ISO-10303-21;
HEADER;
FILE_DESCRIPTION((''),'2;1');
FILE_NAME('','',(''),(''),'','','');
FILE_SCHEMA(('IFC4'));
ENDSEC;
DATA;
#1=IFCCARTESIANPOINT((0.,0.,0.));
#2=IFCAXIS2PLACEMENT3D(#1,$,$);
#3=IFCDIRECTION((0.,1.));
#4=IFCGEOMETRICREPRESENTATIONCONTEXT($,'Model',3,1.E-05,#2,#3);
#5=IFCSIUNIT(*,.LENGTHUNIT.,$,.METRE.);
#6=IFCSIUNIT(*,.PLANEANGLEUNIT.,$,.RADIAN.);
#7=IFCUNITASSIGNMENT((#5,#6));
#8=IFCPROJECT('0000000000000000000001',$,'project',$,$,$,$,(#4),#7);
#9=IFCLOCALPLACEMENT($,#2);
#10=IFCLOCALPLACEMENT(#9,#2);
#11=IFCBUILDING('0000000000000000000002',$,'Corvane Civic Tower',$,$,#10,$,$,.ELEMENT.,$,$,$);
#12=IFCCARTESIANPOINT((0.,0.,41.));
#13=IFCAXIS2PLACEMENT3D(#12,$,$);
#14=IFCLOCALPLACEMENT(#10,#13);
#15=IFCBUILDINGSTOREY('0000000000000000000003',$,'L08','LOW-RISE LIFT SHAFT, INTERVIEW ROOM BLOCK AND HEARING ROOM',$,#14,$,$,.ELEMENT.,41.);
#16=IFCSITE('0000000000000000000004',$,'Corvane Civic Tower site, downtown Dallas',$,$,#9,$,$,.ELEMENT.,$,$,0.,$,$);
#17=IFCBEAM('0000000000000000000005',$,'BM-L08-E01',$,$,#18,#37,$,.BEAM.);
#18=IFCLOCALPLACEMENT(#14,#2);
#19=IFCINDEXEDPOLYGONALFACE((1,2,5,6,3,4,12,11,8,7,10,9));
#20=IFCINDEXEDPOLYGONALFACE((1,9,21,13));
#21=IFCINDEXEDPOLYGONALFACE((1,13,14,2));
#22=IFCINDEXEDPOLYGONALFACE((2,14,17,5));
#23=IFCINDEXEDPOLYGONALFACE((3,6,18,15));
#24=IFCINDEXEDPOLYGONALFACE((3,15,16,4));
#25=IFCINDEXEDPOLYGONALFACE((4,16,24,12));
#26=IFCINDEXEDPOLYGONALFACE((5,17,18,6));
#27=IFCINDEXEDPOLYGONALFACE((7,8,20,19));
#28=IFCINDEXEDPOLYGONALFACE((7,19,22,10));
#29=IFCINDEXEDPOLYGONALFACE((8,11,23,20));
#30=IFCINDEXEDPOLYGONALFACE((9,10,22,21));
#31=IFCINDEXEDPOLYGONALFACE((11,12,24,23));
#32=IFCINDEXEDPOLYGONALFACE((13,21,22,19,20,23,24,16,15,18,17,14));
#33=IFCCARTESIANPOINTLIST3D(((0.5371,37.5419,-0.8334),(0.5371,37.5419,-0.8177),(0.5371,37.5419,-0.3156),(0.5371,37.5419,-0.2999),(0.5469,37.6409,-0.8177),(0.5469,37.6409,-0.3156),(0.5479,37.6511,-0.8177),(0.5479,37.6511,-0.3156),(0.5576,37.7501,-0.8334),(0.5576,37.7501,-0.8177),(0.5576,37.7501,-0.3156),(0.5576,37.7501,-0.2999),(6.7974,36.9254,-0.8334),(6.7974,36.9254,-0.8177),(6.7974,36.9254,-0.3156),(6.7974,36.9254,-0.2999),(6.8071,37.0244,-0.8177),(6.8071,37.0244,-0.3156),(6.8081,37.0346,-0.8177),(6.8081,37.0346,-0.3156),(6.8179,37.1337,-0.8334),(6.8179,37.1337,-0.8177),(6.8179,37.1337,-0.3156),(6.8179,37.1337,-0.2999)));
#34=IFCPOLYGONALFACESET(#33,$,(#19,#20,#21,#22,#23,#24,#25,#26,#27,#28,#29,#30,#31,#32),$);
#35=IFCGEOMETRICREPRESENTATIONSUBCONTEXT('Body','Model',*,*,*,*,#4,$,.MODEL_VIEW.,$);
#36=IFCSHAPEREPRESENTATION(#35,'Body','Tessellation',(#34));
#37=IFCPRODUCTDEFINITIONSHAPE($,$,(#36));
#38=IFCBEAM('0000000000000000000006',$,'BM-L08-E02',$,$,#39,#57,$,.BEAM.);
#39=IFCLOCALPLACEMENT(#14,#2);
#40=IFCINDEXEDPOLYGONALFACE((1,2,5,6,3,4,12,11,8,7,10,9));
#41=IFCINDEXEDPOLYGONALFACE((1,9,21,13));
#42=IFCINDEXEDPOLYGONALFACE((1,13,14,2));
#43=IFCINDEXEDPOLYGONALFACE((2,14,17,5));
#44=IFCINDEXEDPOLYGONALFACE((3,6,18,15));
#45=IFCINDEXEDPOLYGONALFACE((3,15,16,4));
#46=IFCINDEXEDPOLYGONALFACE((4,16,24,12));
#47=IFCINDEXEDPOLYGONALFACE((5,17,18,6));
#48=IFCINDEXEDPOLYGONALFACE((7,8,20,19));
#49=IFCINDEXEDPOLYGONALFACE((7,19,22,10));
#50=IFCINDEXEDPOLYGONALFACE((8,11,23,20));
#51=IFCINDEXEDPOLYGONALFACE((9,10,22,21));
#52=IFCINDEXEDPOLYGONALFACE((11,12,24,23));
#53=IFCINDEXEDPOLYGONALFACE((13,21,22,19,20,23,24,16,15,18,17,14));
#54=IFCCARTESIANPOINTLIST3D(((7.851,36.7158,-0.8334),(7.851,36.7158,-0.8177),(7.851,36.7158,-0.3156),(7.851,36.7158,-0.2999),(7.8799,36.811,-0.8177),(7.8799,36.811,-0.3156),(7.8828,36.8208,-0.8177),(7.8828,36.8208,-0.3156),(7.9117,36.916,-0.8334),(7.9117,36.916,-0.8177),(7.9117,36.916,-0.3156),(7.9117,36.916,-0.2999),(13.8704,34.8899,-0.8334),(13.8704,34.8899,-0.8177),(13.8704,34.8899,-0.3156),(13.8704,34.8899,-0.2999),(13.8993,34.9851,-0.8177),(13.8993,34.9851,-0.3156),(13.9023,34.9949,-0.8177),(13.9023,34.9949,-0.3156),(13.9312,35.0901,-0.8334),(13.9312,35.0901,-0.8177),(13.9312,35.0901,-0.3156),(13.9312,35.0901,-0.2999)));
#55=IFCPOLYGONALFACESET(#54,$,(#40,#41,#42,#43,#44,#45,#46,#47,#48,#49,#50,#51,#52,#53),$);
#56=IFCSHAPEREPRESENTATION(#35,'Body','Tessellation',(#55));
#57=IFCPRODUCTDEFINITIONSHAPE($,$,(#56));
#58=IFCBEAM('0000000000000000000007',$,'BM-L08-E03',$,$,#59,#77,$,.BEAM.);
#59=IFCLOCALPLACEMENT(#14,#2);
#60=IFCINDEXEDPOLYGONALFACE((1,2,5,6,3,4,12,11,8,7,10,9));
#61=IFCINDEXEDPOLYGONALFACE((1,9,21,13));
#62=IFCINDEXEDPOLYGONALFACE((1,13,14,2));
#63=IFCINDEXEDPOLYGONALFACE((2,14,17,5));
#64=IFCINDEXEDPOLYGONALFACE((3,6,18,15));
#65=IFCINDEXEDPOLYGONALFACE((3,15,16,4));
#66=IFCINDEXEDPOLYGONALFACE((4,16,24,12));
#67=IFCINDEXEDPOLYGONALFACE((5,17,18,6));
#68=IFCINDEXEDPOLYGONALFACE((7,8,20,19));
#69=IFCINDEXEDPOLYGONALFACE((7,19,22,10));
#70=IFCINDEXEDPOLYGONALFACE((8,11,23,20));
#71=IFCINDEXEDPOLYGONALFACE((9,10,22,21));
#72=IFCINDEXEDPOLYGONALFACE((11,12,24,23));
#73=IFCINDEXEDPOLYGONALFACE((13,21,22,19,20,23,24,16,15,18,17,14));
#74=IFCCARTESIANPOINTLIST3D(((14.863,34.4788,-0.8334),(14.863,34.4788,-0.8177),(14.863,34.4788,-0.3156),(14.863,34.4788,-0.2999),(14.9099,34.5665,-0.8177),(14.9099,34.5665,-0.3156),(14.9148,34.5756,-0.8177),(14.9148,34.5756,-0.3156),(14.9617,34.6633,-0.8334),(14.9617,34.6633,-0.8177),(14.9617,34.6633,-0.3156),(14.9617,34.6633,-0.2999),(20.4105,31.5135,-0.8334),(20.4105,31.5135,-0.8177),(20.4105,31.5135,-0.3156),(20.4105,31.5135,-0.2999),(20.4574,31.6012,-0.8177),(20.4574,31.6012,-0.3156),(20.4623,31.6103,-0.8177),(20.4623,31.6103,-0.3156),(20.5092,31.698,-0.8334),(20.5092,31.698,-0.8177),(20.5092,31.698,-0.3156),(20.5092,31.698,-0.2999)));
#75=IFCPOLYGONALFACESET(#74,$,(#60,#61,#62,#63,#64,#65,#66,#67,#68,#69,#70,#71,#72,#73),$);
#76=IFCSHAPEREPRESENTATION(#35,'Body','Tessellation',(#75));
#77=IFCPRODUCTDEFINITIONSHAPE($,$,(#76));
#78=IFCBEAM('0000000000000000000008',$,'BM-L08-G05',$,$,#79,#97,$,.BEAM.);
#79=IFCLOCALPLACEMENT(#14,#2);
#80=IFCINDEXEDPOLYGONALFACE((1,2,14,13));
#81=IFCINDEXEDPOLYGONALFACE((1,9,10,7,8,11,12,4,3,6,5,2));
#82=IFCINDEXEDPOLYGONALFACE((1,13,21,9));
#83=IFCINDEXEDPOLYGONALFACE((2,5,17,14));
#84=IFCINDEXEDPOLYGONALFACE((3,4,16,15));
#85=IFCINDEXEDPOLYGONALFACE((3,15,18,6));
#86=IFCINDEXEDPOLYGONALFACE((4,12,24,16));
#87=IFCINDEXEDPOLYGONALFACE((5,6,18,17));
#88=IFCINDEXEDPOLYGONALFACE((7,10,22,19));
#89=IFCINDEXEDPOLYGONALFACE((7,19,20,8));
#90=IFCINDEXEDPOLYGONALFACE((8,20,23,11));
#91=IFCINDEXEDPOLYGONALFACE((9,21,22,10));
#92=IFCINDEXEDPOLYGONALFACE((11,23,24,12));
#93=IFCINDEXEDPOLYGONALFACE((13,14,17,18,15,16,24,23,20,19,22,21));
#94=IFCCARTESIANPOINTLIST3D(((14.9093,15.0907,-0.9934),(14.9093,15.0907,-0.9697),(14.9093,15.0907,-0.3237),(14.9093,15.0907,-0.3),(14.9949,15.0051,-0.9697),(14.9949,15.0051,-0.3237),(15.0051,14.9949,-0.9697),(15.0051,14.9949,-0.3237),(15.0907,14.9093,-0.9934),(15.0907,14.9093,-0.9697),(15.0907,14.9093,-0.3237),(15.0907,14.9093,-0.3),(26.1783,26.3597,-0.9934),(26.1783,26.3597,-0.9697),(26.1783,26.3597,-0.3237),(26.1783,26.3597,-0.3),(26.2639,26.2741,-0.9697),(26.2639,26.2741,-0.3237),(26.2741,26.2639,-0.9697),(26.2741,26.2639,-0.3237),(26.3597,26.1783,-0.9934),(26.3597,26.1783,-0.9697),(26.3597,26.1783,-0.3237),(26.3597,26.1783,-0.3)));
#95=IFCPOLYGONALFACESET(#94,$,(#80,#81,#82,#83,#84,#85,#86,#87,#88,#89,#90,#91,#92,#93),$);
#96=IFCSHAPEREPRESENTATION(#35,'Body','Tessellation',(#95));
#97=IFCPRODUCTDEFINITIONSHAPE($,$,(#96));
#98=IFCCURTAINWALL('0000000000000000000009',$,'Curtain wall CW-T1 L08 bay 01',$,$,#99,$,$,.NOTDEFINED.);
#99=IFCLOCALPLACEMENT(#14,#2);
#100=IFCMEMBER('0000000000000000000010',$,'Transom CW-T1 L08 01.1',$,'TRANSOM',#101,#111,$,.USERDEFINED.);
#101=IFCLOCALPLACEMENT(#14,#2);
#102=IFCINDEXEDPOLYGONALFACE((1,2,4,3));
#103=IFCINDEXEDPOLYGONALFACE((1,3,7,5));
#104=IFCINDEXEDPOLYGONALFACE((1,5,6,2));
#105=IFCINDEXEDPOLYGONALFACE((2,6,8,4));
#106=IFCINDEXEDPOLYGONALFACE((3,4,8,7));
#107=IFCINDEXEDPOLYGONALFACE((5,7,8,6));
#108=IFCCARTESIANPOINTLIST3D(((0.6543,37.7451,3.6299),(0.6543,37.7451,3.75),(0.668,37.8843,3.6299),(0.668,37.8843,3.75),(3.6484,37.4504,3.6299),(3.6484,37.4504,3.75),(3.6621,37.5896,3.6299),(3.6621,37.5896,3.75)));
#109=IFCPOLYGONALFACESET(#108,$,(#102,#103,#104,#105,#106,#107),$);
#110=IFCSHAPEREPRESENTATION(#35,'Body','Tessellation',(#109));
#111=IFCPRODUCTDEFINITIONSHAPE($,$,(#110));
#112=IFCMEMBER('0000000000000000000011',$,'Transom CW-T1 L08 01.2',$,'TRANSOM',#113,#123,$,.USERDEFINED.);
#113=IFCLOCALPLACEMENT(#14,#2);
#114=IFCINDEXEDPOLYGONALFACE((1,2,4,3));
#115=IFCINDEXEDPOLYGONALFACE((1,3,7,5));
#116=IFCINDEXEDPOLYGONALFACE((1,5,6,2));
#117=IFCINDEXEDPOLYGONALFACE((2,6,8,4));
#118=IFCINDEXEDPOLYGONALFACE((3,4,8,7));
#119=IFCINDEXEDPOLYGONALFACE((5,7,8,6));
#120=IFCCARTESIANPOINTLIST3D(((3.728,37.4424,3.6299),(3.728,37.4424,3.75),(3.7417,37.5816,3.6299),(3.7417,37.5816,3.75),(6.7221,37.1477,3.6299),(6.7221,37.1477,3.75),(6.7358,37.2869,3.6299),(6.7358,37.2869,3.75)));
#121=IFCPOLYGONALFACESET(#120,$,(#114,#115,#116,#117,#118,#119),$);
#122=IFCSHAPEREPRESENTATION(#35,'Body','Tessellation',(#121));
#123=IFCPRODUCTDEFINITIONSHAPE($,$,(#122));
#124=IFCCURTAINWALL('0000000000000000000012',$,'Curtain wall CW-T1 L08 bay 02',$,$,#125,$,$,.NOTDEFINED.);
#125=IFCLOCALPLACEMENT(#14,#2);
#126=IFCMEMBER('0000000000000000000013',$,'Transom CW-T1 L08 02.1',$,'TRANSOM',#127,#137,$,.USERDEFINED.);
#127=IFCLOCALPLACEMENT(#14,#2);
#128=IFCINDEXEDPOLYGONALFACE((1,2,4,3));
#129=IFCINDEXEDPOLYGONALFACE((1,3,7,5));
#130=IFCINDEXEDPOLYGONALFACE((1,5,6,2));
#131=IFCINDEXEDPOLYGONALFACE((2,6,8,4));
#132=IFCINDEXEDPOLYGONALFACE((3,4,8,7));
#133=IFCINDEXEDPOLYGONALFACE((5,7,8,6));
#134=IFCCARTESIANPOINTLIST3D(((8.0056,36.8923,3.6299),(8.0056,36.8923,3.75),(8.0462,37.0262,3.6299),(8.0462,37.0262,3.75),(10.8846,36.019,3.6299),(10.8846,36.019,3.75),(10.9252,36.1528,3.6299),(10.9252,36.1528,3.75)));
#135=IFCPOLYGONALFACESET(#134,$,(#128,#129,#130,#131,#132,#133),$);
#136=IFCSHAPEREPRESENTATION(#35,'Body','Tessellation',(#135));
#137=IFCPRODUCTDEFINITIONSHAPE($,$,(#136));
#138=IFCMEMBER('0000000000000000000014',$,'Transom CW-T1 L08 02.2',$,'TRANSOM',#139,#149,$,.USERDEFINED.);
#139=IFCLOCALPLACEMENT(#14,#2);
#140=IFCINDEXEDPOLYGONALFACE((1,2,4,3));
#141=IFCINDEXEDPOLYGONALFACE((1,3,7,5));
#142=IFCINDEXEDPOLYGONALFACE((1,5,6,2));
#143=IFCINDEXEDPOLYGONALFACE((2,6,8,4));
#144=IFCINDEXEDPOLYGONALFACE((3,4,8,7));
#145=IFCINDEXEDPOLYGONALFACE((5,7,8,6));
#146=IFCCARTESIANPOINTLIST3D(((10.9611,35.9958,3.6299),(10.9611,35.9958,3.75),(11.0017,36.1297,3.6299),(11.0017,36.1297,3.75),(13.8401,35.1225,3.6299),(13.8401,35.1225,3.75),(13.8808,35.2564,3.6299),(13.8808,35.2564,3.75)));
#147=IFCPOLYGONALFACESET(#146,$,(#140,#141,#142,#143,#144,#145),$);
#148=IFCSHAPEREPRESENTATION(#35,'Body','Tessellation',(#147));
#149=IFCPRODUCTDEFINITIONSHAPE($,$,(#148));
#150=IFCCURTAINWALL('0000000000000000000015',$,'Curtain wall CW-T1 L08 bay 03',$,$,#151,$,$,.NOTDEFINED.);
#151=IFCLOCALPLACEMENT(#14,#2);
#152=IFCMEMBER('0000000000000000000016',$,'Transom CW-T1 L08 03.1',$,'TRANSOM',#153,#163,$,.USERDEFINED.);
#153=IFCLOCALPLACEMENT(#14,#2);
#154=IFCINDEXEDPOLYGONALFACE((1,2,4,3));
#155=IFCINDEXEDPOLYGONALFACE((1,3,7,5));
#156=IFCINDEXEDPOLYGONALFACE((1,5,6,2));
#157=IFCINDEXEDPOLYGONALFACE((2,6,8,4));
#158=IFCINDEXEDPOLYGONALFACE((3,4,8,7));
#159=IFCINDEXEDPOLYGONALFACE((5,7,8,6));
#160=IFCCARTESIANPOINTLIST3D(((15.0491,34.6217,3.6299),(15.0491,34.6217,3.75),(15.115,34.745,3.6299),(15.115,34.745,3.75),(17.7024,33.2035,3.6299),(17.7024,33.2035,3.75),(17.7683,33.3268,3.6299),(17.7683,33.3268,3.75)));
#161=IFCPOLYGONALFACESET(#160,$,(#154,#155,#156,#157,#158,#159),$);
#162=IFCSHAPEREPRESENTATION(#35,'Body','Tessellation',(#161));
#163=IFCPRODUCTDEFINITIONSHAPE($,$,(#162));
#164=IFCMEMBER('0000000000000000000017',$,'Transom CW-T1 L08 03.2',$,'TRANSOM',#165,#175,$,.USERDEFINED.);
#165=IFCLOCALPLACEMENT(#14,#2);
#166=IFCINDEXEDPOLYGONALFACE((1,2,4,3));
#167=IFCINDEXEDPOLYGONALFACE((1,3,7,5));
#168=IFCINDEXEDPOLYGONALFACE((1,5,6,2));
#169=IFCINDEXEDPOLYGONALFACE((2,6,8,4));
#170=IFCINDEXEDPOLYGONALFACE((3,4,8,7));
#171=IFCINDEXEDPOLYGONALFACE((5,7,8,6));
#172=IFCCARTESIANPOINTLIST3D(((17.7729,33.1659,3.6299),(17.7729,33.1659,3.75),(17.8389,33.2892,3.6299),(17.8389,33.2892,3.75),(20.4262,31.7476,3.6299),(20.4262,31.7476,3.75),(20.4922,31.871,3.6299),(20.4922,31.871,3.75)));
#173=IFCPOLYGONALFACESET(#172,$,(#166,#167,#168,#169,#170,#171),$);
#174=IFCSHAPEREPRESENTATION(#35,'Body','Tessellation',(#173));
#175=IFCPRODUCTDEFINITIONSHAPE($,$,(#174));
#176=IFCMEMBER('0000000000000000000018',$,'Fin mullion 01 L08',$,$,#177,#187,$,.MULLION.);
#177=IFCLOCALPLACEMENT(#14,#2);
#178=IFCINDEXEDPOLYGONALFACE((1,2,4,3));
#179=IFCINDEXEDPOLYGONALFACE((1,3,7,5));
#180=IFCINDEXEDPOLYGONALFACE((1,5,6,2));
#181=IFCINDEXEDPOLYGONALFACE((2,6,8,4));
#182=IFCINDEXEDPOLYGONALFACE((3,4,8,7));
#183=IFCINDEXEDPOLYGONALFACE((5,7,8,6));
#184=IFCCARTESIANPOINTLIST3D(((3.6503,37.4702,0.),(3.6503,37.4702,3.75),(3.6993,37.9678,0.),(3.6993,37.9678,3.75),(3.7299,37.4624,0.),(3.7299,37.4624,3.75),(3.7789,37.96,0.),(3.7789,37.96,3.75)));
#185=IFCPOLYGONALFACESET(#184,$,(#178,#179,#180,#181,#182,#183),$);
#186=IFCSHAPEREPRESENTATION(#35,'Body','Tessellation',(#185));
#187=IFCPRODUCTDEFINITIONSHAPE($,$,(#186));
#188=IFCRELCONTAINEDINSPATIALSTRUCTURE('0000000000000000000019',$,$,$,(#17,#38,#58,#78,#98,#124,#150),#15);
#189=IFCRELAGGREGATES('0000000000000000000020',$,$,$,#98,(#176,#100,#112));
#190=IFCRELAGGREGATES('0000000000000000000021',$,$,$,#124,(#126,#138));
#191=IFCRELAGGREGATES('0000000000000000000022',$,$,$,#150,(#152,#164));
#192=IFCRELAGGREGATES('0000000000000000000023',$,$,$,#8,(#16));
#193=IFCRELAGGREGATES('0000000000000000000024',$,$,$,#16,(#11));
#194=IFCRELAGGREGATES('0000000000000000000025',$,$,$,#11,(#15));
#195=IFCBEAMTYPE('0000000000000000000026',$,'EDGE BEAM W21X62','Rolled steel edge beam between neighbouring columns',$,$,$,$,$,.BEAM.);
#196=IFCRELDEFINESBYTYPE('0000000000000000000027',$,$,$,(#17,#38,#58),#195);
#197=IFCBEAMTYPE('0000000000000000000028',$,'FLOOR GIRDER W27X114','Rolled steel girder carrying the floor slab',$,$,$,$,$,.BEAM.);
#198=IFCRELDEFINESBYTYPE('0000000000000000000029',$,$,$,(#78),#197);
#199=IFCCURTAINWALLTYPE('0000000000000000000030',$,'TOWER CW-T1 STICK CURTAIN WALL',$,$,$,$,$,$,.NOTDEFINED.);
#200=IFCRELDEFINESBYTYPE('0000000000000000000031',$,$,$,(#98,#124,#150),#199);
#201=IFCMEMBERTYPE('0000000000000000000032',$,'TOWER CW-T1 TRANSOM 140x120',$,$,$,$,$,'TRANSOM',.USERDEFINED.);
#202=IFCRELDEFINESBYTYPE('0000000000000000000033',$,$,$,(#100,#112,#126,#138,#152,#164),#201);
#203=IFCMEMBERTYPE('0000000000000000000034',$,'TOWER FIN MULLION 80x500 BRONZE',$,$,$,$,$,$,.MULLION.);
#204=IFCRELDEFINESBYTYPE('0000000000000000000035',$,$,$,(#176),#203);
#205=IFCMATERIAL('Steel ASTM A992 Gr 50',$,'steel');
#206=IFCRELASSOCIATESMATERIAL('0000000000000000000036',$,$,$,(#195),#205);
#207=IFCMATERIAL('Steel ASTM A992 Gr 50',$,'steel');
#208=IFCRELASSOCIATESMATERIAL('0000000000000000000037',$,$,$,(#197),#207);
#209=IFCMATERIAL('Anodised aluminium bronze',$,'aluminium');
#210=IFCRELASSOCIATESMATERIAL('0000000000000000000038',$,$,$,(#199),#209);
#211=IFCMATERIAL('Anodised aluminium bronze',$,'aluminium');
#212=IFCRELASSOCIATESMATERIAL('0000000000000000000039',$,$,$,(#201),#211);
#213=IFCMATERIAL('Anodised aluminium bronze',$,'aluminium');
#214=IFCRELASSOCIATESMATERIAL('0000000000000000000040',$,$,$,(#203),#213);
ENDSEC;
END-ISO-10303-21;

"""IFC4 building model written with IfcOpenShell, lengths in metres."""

from ifc_helpers import new_model, si_unit, direction, frame, origin, origin_2d, place, context, subcontext, project, spatial, rectangle, i_section, extrude, material, material_profile, profile_set, type_object, element, aggregate, save


model = new_model("IFC4")

# Units and contexts
model_context = context("Model", 3, precision=1e-05, world=origin(), true_north=direction((0.0, 1.0)))
body_context = subcontext(model_context, "Body", "Model", "MODEL_VIEW")
ifc_project = project(units=[si_unit("LENGTHUNIT", "METRE"), si_unit("PLANEANGLEUNIT", "RADIAN")], contexts=[model_context])

# Site, building, storey
site_placement = place(None, origin())
site = spatial("IfcSite", under=ifc_project, at=site_placement, Name="Corvane Civic Tower site, downtown Dallas", CompositionType="ELEMENT", RefElevation=0.0)
building_placement = place(site_placement, origin())
building = spatial("IfcBuilding", under=site, at=building_placement, Name="Corvane Civic Tower", CompositionType="ELEMENT")
storey_placement = place(building_placement, frame((0.0, 0.0, 41.0)))
storey = spatial("IfcBuildingStorey", under=building, at=storey_placement, Name="L08", Description="LOW-RISE LIFT SHAFT, INTERVIEW ROOM BLOCK AND HEARING ROOM", CompositionType="ELEMENT", Elevation=41.0)

# Beams
ifc_material_1 = material(Name="Steel ASTM A992 Gr 50", Category="steel")
ifc_material_profile_1 = material_profile(ifc_material_1, i_section(OverallWidth=0.2092, OverallDepth=0.5334, WebThickness=0.0103, FlangeThickness=0.0156, at=origin_2d()), Name="W21X62")
ifc_profile_set_1 = profile_set([ifc_material_profile_1], Name="Steel ASTM A992 Gr 50")
beam_type_1 = type_object("IfcBeamType", Name="EDGE BEAM W21X62", Description="Rolled steel edge beam between neighbouring columns", PredefinedType="BEAM", material=ifc_profile_set_1)
beam_1_placement = place(storey_placement, frame((0.5474, 37.646, -0.5667), z_axis=(0.995187, -0.097997, 0.0), x_axis=(0.097997, 0.995187, 0.0)))
element("IfcBeam", 1, at=beam_1_placement, inside=storey, type_object=beam_type_1, Name="BM-L08-E01", PredefinedType="BEAM", context=body_context, shape_type="SweptSolid", body=[
    extrude(i_section(OverallWidth=0.2092, OverallDepth=0.5334, WebThickness=0.0103, FlangeThickness=0.0156, at=origin_2d()), origin(), (0.0, 0.0, 1.0), 6.2905),
])
for number, where, z_axis, x_axis, name in (
    (2, (7.8813, 36.8159, -0.5667), (0.956944, -0.290273, 0.0), (0.290273, 0.956944, 0.0), "BM-L08-E02"),
    (3, (14.9124, 34.571, -0.5667), (0.881916, -0.471406, 0.0), (0.471406, 0.881916, 0.0), "BM-L08-E03"),
):
    element("IfcBeam", number, at=place(storey_placement, frame(where, z_axis=z_axis, x_axis=x_axis)), inside=storey, type_object=beam_type_1, Name=name, PredefinedType="BEAM", context=body_context, shape_type="SweptSolid", body=[
        extrude(i_section(OverallWidth=0.2092, OverallDepth=0.5334, WebThickness=0.0103, FlangeThickness=0.0156, at=origin_2d()), origin(), (0.0, 0.0, 1.0), 6.2903),
    ])
ifc_material_2 = material(Name="Steel ASTM A992 Gr 50", Category="steel")
ifc_material_profile_2 = material_profile(ifc_material_2, i_section(OverallWidth=0.2566, OverallDepth=0.6934, WebThickness=0.0144, FlangeThickness=0.0237, at=origin_2d()), Name="W27X114")
ifc_profile_set_2 = profile_set([ifc_material_profile_2], Name="Steel ASTM A992 Gr 50")
beam_type_2 = type_object("IfcBeamType", Name="FLOOR GIRDER W27X114", Description="Rolled steel girder carrying the floor slab", PredefinedType="BEAM", material=ifc_profile_set_2)
beam_2_placement = place(storey_placement, frame((15.0, 15.0, -0.6467), z_axis=(0.707107, 0.707107, 0.0), x_axis=(-0.707107, 0.707107, 0.0)))
element("IfcBeam", 4, at=beam_2_placement, inside=storey, type_object=beam_type_2, Name="BM-L08-G05", PredefinedType="BEAM", context=body_context, shape_type="SweptSolid", body=[
    extrude(i_section(OverallWidth=0.2566, OverallDepth=0.6934, WebThickness=0.0144, FlangeThickness=0.0237, at=origin_2d()), origin(), (0.0, 0.0, 1.0), 15.9368),
])

# Curtain walls, members
ifc_material_3 = material(Name="Anodised aluminium bronze", Category="aluminium")
curtain_wall_type = type_object("IfcCurtainWallType", Name="TOWER CW-T1 STICK CURTAIN WALL", PredefinedType="NOTDEFINED", material=ifc_material_3)
curtain_wall_1_placement = place(storey_placement, origin())
curtain_wall_1 = element("IfcCurtainWall", 5, at=curtain_wall_1_placement, inside=storey, type_object=curtain_wall_type, Name="Curtain wall CW-T1 L08 bay 01", PredefinedType="NOTDEFINED")
ifc_material_4 = material(Name="Anodised aluminium bronze", Category="aluminium")
ifc_material_profile_3 = material_profile(ifc_material_4, rectangle(XDim=0.1399, YDim=0.1201, at=origin_2d()), Name="TOWER CW-T1 TRANSOM 140x120")
ifc_profile_set_3 = profile_set([ifc_material_profile_3], Name="Anodised aluminium bronze")
member_type_1 = type_object("IfcMemberType", Name="TOWER CW-T1 TRANSOM 140x120", ElementType="TRANSOM", PredefinedType="USERDEFINED", material=ifc_profile_set_3)
member_1_placement = place(storey_placement, frame((0.6611, 37.8147, 3.6899), z_axis=(0.995192, -0.097945, 0.0), x_axis=(0.097945, 0.995192, 0.0)))
member_1 = element("IfcMember", 6, at=member_1_placement, type_object=member_type_1, Name="Transom CW-T1 L08 01.1", ObjectType="TRANSOM", PredefinedType="USERDEFINED", context=body_context, shape_type="SweptSolid", body=[
    extrude(rectangle(XDim=0.1399, YDim=0.1201, at=origin_2d()), origin(), (0.0, 0.0, 1.0), 3.0085),
])
member_2_placement = place(storey_placement, frame((3.7349, 37.512, 3.6899), z_axis=(0.995192, -0.097945, 0.0), x_axis=(0.097945, 0.995192, 0.0)))
member_2 = element("IfcMember", 7, at=member_2_placement, type_object=member_type_1, Name="Transom CW-T1 L08 01.2", ObjectType="TRANSOM", PredefinedType="USERDEFINED", context=body_context, shape_type="SweptSolid", body=[
    extrude(rectangle(XDim=0.1399, YDim=0.1201, at=origin_2d()), origin(), (0.0, 0.0, 1.0), 3.0085),
])
curtain_wall_2_placement = place(storey_placement, origin())
curtain_wall_2 = element("IfcCurtainWall", 8, at=curtain_wall_2_placement, inside=storey, type_object=curtain_wall_type, Name="Curtain wall CW-T1 L08 bay 02", PredefinedType="NOTDEFINED")
member_3_placement = place(storey_placement, frame((8.0259, 36.9592, 3.6899), z_axis=(0.956942, -0.29028, 0.0), x_axis=(0.29028, 0.956942, 0.0)))
member_3 = element("IfcMember", 9, at=member_3_placement, type_object=member_type_1, Name="Transom CW-T1 L08 02.1", ObjectType="TRANSOM", PredefinedType="USERDEFINED", context=body_context, shape_type="SweptSolid", body=[
    extrude(rectangle(XDim=0.1399, YDim=0.1201, at=origin_2d()), origin(), (0.0, 0.0, 1.0), 3.0085),
])
member_4_placement = place(storey_placement, frame((10.9814, 36.0627, 3.6899), z_axis=(0.956942, -0.29028, 0.0), x_axis=(0.29028, 0.956942, 0.0)))
member_4 = element("IfcMember", 10, at=member_4_placement, type_object=member_type_1, Name="Transom CW-T1 L08 02.2", ObjectType="TRANSOM", PredefinedType="USERDEFINED", context=body_context, shape_type="SweptSolid", body=[
    extrude(rectangle(XDim=0.1399, YDim=0.1201, at=origin_2d()), origin(), (0.0, 0.0, 1.0), 3.0085),
])
curtain_wall_3_placement = place(storey_placement, origin())
curtain_wall_3 = element("IfcCurtainWall", 11, at=curtain_wall_3_placement, inside=storey, type_object=curtain_wall_type, Name="Curtain wall CW-T1 L08 bay 03", PredefinedType="NOTDEFINED")
member_5_placement = place(storey_placement, frame((15.082, 34.6833, 3.6899), z_axis=(0.881924, -0.471393, 0.0), x_axis=(0.471393, 0.881924, 0.0)))
member_5 = element("IfcMember", 12, at=member_5_placement, type_object=member_type_1, Name="Transom CW-T1 L08 03.1", ObjectType="TRANSOM", PredefinedType="USERDEFINED", context=body_context, shape_type="SweptSolid", body=[
    extrude(rectangle(XDim=0.1399, YDim=0.1201, at=origin_2d()), origin(), (0.0, 0.0, 1.0), 3.0085),
])
member_6_placement = place(storey_placement, frame((17.8059, 33.2275, 3.6899), z_axis=(0.881924, -0.471393, 0.0), x_axis=(0.471393, 0.881924, 0.0)))
member_6 = element("IfcMember", 13, at=member_6_placement, type_object=member_type_1, Name="Transom CW-T1 L08 03.2", ObjectType="TRANSOM", PredefinedType="USERDEFINED", context=body_context, shape_type="SweptSolid", body=[
    extrude(rectangle(XDim=0.1399, YDim=0.1201, at=origin_2d()), origin(), (0.0, 0.0, 1.0), 3.0085),
])

# Member
ifc_material_5 = material(Name="Anodised aluminium bronze", Category="aluminium")
ifc_material_profile_4 = material_profile(ifc_material_5, rectangle(XDim=0.0801, YDim=0.5, at=origin_2d()), Name="TOWER FIN MULLION 80x500 BRONZE")
ifc_profile_set_4 = profile_set([ifc_material_profile_4], Name="Anodised aluminium bronze")
member_type_2 = type_object("IfcMemberType", Name="TOWER FIN MULLION 80x500 BRONZE", PredefinedType="MULLION", material=ifc_profile_set_4)
member_7_placement = place(storey_placement, frame((3.7146, 37.7151, 0.0), z_axis=(0.0, 0.0, 1.0), x_axis=(0.995186, -0.098006, 0.0)))
member_7 = element("IfcMember", 14, at=member_7_placement, type_object=member_type_2, Name="Fin mullion 01 L08", PredefinedType="MULLION", context=body_context, shape_type="SweptSolid", body=[
    extrude(rectangle(XDim=0.0801, YDim=0.5, at=origin_2d()), origin(), (0.0, 0.0, 1.0), 3.75),
])

aggregate(curtain_wall_1, [member_7, member_1, member_2])
aggregate(curtain_wall_2, [member_3, member_4])
aggregate(curtain_wall_3, [member_5, member_6])

save(model, "model.ifc")
